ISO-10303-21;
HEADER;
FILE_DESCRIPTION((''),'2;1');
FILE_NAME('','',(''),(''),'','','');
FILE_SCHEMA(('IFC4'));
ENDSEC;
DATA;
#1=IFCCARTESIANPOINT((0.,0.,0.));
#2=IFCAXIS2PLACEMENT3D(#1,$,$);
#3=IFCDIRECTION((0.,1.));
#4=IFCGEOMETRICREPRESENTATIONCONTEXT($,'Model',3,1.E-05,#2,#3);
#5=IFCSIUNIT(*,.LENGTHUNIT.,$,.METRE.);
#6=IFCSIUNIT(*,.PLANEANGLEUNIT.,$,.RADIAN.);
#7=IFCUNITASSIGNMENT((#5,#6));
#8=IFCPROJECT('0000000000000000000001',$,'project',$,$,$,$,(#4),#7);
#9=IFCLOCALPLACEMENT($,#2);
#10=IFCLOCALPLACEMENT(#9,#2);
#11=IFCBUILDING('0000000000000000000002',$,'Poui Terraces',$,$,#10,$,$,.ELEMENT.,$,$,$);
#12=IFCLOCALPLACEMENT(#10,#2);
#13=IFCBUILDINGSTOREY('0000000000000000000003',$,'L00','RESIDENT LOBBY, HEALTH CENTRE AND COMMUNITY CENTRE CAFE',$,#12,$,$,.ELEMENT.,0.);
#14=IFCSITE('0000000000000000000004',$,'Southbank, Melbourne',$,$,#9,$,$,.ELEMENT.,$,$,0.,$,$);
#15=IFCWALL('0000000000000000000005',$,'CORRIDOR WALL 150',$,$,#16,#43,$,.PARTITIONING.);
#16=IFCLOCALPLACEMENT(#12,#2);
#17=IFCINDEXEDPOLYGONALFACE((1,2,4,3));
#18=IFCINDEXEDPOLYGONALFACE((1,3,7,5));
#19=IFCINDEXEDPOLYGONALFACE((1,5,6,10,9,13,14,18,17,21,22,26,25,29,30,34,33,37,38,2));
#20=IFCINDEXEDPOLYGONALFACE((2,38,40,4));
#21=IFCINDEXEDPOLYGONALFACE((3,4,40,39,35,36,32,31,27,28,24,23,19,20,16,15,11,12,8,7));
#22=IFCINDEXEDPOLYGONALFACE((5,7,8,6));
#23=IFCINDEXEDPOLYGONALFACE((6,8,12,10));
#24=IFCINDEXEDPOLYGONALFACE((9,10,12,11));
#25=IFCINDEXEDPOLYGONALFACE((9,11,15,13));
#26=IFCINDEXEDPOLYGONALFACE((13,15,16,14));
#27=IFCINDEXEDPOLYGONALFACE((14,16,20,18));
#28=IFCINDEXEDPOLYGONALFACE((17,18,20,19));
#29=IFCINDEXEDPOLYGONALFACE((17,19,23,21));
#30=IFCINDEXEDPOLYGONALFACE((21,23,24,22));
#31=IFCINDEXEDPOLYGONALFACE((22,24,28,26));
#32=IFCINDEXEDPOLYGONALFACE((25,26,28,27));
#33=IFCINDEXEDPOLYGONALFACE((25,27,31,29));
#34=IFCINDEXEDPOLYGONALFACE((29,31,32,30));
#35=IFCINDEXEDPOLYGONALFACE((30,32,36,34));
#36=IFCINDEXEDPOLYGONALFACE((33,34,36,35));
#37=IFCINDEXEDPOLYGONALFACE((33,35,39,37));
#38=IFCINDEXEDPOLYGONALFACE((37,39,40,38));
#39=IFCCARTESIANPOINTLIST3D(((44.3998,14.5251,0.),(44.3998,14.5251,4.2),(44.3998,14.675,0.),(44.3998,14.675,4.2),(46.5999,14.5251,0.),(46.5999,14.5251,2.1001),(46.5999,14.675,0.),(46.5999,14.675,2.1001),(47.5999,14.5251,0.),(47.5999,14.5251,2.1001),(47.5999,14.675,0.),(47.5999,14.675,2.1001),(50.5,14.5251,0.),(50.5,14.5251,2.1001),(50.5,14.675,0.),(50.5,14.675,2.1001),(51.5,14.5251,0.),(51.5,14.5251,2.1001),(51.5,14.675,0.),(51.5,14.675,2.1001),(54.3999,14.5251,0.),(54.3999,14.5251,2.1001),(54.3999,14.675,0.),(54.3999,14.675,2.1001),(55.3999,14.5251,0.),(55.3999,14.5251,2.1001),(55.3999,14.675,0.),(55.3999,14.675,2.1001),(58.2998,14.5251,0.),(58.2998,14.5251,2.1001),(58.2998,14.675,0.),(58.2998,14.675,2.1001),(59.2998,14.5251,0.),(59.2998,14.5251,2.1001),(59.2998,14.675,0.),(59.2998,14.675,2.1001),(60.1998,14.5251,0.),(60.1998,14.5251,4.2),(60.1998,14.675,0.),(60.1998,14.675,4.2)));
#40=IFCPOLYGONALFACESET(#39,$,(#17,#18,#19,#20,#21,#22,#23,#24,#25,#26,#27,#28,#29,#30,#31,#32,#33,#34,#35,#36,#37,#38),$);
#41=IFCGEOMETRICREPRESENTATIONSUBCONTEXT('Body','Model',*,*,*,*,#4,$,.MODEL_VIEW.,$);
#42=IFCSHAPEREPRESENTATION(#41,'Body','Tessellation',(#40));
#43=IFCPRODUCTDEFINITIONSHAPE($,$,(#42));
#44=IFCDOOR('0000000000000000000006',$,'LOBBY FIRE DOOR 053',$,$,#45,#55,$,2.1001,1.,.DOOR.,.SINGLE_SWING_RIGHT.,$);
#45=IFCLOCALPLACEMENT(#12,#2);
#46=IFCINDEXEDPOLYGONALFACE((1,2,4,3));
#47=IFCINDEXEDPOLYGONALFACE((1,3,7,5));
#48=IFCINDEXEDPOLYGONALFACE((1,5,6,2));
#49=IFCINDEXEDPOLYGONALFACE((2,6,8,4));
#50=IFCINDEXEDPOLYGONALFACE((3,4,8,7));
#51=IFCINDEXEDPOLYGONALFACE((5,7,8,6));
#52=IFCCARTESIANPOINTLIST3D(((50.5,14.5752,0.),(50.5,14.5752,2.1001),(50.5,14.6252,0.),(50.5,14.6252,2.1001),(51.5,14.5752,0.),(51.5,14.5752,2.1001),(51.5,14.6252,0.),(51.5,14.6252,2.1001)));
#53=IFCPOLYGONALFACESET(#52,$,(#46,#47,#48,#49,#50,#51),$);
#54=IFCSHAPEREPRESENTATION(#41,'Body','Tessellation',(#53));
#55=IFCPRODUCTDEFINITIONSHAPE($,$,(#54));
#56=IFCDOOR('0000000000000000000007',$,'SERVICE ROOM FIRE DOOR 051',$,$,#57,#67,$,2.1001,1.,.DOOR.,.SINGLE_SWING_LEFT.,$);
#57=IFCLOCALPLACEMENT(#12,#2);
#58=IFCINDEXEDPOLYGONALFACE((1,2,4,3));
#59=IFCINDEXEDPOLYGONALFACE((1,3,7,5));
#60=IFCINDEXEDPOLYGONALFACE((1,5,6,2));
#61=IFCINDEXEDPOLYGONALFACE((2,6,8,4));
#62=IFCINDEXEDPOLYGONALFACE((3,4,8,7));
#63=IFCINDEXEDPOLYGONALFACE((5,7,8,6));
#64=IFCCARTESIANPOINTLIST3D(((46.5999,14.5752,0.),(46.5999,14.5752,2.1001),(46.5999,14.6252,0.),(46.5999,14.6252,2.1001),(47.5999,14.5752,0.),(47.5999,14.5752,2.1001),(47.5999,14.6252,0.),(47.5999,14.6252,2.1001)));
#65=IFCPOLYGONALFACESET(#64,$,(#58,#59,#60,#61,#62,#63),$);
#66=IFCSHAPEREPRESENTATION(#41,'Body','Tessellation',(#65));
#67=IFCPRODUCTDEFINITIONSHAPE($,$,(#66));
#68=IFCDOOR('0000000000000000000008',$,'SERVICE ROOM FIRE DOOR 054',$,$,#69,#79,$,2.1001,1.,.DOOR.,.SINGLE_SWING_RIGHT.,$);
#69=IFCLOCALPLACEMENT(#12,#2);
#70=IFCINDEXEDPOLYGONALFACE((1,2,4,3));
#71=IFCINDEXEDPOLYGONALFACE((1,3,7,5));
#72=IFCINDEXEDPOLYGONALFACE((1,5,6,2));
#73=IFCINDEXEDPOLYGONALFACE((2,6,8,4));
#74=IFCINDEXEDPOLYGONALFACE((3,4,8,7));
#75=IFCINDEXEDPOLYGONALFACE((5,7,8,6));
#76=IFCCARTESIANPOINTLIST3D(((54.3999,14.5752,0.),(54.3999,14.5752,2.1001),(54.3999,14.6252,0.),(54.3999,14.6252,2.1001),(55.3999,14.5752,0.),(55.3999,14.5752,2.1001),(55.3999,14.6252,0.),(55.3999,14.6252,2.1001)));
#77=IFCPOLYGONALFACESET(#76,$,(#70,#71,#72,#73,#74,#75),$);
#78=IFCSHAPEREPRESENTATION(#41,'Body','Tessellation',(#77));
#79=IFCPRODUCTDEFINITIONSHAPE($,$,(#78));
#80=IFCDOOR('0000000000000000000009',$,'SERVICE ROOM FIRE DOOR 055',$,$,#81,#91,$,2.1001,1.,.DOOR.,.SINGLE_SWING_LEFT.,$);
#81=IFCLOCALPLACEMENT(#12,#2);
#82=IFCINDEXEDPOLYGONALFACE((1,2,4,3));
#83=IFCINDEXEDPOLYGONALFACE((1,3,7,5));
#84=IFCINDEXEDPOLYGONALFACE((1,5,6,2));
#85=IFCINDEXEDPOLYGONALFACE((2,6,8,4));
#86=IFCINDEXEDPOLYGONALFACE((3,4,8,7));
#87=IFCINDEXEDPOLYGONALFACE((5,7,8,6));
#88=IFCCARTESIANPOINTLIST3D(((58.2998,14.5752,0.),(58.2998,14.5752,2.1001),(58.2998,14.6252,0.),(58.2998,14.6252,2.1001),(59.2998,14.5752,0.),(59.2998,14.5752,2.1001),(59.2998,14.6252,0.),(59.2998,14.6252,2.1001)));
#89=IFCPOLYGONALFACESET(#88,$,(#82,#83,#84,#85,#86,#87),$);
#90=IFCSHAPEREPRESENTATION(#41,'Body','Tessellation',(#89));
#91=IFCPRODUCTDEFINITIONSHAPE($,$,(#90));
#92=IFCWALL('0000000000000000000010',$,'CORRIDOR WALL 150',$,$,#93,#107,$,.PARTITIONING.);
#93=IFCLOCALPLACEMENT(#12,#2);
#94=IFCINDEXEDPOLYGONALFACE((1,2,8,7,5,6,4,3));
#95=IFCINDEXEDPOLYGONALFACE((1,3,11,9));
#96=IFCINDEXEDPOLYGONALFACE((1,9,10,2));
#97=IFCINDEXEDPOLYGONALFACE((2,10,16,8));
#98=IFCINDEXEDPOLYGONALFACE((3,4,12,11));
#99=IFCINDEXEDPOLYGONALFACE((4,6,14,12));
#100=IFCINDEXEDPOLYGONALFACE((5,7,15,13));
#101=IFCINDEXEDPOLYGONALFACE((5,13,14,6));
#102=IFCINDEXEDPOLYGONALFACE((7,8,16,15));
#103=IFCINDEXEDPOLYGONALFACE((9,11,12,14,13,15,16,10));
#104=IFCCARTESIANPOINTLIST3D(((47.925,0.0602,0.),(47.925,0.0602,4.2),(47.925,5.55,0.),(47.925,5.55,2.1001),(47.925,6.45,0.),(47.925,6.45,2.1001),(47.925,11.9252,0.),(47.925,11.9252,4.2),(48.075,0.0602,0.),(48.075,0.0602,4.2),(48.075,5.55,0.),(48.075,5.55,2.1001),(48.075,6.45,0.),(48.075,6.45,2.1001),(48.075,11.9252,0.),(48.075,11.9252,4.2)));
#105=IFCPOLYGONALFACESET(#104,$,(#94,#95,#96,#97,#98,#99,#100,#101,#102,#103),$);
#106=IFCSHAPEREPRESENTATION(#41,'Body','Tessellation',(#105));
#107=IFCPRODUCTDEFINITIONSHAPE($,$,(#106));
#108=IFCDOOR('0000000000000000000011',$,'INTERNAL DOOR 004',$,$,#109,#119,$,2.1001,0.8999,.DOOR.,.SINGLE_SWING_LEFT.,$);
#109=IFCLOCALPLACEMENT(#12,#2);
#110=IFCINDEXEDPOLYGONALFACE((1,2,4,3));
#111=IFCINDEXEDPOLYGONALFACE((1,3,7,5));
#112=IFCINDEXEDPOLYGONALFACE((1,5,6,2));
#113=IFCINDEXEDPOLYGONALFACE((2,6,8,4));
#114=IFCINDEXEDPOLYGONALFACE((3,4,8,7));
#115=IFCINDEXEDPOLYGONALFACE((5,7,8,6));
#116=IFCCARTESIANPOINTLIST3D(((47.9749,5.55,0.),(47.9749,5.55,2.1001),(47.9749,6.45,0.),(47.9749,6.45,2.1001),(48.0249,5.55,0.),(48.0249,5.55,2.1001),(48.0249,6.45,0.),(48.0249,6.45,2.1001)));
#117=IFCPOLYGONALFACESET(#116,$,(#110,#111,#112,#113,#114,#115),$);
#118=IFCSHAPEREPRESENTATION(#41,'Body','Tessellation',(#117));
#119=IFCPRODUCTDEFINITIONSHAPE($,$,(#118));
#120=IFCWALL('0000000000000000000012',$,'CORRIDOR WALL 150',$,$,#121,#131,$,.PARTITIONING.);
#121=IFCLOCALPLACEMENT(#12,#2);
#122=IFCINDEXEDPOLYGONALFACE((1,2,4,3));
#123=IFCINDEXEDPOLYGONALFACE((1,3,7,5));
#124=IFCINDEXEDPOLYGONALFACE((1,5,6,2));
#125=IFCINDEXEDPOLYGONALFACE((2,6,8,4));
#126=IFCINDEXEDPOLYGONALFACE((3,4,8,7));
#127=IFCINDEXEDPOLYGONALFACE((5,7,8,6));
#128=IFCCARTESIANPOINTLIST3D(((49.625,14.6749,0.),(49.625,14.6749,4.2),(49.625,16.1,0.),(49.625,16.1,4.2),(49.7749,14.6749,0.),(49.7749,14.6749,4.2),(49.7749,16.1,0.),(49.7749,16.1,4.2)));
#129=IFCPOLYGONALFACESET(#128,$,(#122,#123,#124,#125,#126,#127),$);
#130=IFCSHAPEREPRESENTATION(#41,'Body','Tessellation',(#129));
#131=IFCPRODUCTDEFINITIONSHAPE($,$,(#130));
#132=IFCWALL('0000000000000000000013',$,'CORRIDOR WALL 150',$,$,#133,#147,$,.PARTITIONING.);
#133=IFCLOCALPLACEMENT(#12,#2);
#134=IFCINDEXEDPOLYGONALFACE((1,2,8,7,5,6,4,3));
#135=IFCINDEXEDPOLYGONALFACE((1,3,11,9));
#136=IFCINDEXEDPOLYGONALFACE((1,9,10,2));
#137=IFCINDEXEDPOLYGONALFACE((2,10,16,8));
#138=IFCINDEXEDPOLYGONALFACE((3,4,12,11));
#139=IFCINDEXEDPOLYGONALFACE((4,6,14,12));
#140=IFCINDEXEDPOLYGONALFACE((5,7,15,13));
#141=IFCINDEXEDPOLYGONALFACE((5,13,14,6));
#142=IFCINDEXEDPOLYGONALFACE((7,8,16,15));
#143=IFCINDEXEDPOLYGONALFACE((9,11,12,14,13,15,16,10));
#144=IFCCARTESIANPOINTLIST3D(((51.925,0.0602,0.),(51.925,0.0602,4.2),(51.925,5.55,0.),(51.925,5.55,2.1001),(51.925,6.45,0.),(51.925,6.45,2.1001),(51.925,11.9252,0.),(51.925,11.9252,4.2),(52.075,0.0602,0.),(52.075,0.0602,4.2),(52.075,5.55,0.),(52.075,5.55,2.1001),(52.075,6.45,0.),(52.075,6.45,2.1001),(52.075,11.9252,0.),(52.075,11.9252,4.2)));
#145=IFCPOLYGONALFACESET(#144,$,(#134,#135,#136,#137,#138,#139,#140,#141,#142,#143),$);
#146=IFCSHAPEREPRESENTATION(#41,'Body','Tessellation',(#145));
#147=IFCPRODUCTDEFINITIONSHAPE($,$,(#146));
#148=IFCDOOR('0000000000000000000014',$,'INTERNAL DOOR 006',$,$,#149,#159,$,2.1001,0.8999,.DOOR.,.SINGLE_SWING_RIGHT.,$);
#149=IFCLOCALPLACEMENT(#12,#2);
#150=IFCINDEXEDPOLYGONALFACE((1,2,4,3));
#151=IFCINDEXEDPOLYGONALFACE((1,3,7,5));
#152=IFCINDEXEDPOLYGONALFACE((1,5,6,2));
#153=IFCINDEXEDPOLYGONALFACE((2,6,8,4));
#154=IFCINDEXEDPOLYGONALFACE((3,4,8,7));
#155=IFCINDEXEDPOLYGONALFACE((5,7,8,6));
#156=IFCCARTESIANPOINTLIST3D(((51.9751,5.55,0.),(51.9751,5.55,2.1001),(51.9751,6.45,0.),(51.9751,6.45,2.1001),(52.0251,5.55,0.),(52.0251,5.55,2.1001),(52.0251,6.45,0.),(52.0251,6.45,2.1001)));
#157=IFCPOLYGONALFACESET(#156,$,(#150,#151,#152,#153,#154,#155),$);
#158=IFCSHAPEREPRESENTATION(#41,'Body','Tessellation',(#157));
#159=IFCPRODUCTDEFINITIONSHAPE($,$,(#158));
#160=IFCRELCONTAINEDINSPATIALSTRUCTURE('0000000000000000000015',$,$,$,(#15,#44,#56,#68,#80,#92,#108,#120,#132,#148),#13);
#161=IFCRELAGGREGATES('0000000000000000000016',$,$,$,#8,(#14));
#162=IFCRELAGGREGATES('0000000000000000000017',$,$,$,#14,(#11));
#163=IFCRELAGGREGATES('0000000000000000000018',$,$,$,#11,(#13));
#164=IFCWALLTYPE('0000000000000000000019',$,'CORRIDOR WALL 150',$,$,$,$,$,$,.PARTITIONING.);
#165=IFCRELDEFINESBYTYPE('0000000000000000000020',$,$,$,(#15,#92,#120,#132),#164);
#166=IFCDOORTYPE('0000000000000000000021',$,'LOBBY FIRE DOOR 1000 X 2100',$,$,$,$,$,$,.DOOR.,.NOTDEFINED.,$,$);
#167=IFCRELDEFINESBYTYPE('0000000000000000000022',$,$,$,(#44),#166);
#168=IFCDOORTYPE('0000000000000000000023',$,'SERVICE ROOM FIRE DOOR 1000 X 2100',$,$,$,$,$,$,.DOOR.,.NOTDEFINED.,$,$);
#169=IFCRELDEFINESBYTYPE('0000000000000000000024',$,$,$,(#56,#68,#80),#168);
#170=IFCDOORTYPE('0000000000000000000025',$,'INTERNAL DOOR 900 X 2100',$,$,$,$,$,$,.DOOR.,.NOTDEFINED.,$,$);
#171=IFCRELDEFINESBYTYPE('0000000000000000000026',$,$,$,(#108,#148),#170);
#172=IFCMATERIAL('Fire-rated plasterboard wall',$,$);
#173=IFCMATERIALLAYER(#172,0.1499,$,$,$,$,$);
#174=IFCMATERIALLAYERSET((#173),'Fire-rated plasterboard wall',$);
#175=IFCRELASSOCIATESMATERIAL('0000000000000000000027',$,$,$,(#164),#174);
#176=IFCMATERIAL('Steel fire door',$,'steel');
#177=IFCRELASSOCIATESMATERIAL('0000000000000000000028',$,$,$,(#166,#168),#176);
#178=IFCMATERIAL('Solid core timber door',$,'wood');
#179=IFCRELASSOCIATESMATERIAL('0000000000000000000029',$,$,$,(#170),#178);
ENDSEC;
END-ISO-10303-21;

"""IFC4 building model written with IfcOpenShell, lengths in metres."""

from ifc_helpers import new_model, si_unit, direction, frame, frame_2d, origin, place, context, subcontext, project, spatial, rectangle, extrude, material, layer, layer_set, type_object, element, fill, save


model = new_model("IFC4")

# Units and contexts
model_context = context("Model", 3, precision=1e-05, world=origin(), true_north=direction((0.0, 1.0)))
body_context = subcontext(model_context, "Body", "Model", "MODEL_VIEW")
ifc_project = project(units=[si_unit("LENGTHUNIT", "METRE"), si_unit("PLANEANGLEUNIT", "RADIAN")], contexts=[model_context])

# Site, building, storey
site_placement = place(None, origin())
site = spatial("IfcSite", under=ifc_project, at=site_placement, Name="Southbank, Melbourne", CompositionType="ELEMENT", RefElevation=0.0)
building_placement = place(site_placement, origin())
building = spatial("IfcBuilding", under=site, at=building_placement, Name="Poui Terraces", CompositionType="ELEMENT")
storey_placement = place(building_placement, origin())
storey = spatial("IfcBuildingStorey", under=building, at=storey_placement, Name="L00", Description="RESIDENT LOBBY, HEALTH CENTRE AND COMMUNITY CENTRE CAFE", CompositionType="ELEMENT", Elevation=0.0)

# Wall, openings, doors
ifc_material_1 = material(Name="Fire-rated plasterboard wall")
ifc_layer_1 = layer(ifc_material_1, 0.1499)
ifc_layer_set_1 = layer_set([ifc_layer_1], Name="Fire-rated plasterboard wall")
wall_type_1 = type_object("IfcWallType", Name="CORRIDOR WALL 150", PredefinedType="PARTITIONING", material=ifc_layer_set_1)
wall_1_placement = place(storey_placement, frame((44.3999, 14.6001, 0.0), z_axis=(0.0, 0.0, 1.0), x_axis=(1.0, 0.0, 0.0)))
wall_1 = element("IfcWall", 1, at=wall_1_placement, inside=storey, type_object=wall_type_1, Name="CORRIDOR WALL 150", PredefinedType="PARTITIONING", context=body_context, shape_type="SweptSolid", body=[
    extrude(rectangle(XDim=15.8, YDim=0.1499, at=frame_2d((7.8999, 0.0))), origin(), (0.0, 0.0, 1.0), 4.2),
])
opening_1_placement = place(wall_1_placement, frame((2.2, 0.0, 0.0)))
opening_1 = element("IfcOpeningElement", 2, at=opening_1_placement, cuts=wall_1, PredefinedType="OPENING", context=body_context, shape_type="SweptSolid", body=[
    extrude(rectangle(XDim=1.0, YDim=2.1001, at=frame_2d((0.5, 1.05))), frame((0.0, 0.085, 0.0), z_axis=(0.0, -1.0, 0.0), x_axis=(1.0, 0.0, 0.0)), (0.0, 0.0, 1.0), 0.1699),
])
opening_2_placement = place(wall_1_placement, frame((6.1001, 0.0, 0.0)))
opening_2 = element("IfcOpeningElement", 3, at=opening_2_placement, cuts=wall_1, PredefinedType="OPENING", context=body_context, shape_type="SweptSolid", body=[
    extrude(rectangle(XDim=1.0, YDim=2.1001, at=frame_2d((0.5, 1.05))), frame((0.0, 0.085, 0.0), z_axis=(0.0, -1.0, 0.0), x_axis=(1.0, 0.0, 0.0)), (0.0, 0.0, 1.0), 0.1699),
])
opening_3_placement = place(wall_1_placement, frame((10.0, 0.0, 0.0)))
opening_3 = element("IfcOpeningElement", 4, at=opening_3_placement, cuts=wall_1, PredefinedType="OPENING", context=body_context, shape_type="SweptSolid", body=[
    extrude(rectangle(XDim=1.0, YDim=2.1001, at=frame_2d((0.5, 1.05))), frame((0.0, 0.085, 0.0), z_axis=(0.0, -1.0, 0.0), x_axis=(1.0, 0.0, 0.0)), (0.0, 0.0, 1.0), 0.1699),
])
opening_4_placement = place(wall_1_placement, frame((13.8999, 0.0, 0.0)))
opening_4 = element("IfcOpeningElement", 5, at=opening_4_placement, cuts=wall_1, PredefinedType="OPENING", context=body_context, shape_type="SweptSolid", body=[
    extrude(rectangle(XDim=1.0, YDim=2.1001, at=frame_2d((0.5, 1.05))), frame((0.0, 0.085, 0.0), z_axis=(0.0, -1.0, 0.0), x_axis=(1.0, 0.0, 0.0)), (0.0, 0.0, 1.0), 0.1699),
])
ifc_material_2 = material(Name="Steel fire door", Category="steel")
door_type_1 = type_object("IfcDoorType", Name="LOBBY FIRE DOOR 1000 X 2100", OperationType="NOTDEFINED", PredefinedType="DOOR", material=ifc_material_2)
door_1_placement = place(opening_2_placement, frame((1.0, 0.0, 0.0), z_axis=(0.0, 0.0, 1.0), x_axis=(-1.0, 0.0, 0.0)))
door_1 = element("IfcDoor", 6, at=door_1_placement, inside=storey, type_object=door_type_1, Name="LOBBY FIRE DOOR 053", OperationType="SINGLE_SWING_RIGHT", OverallHeight=2.1001, OverallWidth=1.0, PredefinedType="DOOR", context=body_context, shape_type="SweptSolid", body=[
    extrude(rectangle(XDim=1.0, YDim=2.1001, at=frame_2d((0.5, 1.05))), frame((0.0, 0.0249, 0.0), z_axis=(0.0, -1.0, 0.0), x_axis=(1.0, 0.0, 0.0)), (0.0, 0.0, 1.0), 0.05),
])
fill(opening_2, door_1)
door_type_2 = type_object("IfcDoorType", Name="SERVICE ROOM FIRE DOOR 1000 X 2100", OperationType="NOTDEFINED", PredefinedType="DOOR", material=ifc_material_2)
door_2_placement = place(opening_1_placement, frame((1.0, 0.0, 0.0), z_axis=(0.0, 0.0, 1.0), x_axis=(-1.0, 0.0, 0.0)))
door_2 = element("IfcDoor", 7, at=door_2_placement, inside=storey, type_object=door_type_2, Name="SERVICE ROOM FIRE DOOR 051", OperationType="SINGLE_SWING_LEFT", OverallHeight=2.1001, OverallWidth=1.0, PredefinedType="DOOR", context=body_context, shape_type="SweptSolid", body=[
    extrude(rectangle(XDim=1.0, YDim=2.1001, at=frame_2d((0.5, 1.05))), frame((0.0, 0.0249, 0.0), z_axis=(0.0, -1.0, 0.0), x_axis=(1.0, 0.0, 0.0)), (0.0, 0.0, 1.0), 0.05),
])
fill(opening_1, door_2)
door_3_placement = place(opening_3_placement, frame((1.0, 0.0, 0.0), z_axis=(0.0, 0.0, 1.0), x_axis=(-1.0, 0.0, 0.0)))
door_3 = element("IfcDoor", 8, at=door_3_placement, inside=storey, type_object=door_type_2, Name="SERVICE ROOM FIRE DOOR 054", OperationType="SINGLE_SWING_RIGHT", OverallHeight=2.1001, OverallWidth=1.0, PredefinedType="DOOR", context=body_context, shape_type="SweptSolid", body=[
    extrude(rectangle(XDim=1.0, YDim=2.1001, at=frame_2d((0.5, 1.05))), frame((0.0, 0.0249, 0.0), z_axis=(0.0, -1.0, 0.0), x_axis=(1.0, 0.0, 0.0)), (0.0, 0.0, 1.0), 0.05),
])
fill(opening_3, door_3)
door_4_placement = place(opening_4_placement, frame((1.0, 0.0, 0.0), z_axis=(0.0, 0.0, 1.0), x_axis=(-1.0, 0.0, 0.0)))
door_4 = element("IfcDoor", 9, at=door_4_placement, inside=storey, type_object=door_type_2, Name="SERVICE ROOM FIRE DOOR 055", OperationType="SINGLE_SWING_LEFT", OverallHeight=2.1001, OverallWidth=1.0, PredefinedType="DOOR", context=body_context, shape_type="SweptSolid", body=[
    extrude(rectangle(XDim=1.0, YDim=2.1001, at=frame_2d((0.5, 1.05))), frame((0.0, 0.0249, 0.0), z_axis=(0.0, -1.0, 0.0), x_axis=(1.0, 0.0, 0.0)), (0.0, 0.0, 1.0), 0.05),
])
fill(opening_4, door_4)

# Wall, opening, door
wall_2_placement = place(storey_placement, frame((48.0, 0.0601, 0.0), z_axis=(0.0, 0.0, 1.0), x_axis=(0.0, 1.0, 0.0)))
wall_2 = element("IfcWall", 10, at=wall_2_placement, inside=storey, type_object=wall_type_1, Name="CORRIDOR WALL 150", PredefinedType="PARTITIONING", context=body_context, shape_type="SweptSolid", body=[
    extrude(rectangle(XDim=11.865, YDim=0.1499, at=frame_2d((5.9326, 0.0))), origin(), (0.0, 0.0, 1.0), 4.2),
])
opening_5_placement = place(wall_2_placement, frame((5.49, 0.0, 0.0)))
opening_5 = element("IfcOpeningElement", 11, at=opening_5_placement, cuts=wall_2, PredefinedType="OPENING", context=body_context, shape_type="SweptSolid", body=[
    extrude(rectangle(XDim=0.8999, YDim=2.1001, at=frame_2d((0.45, 1.05))), frame((0.0, 0.085, 0.0), z_axis=(0.0, -1.0, 0.0), x_axis=(1.0, 0.0, 0.0)), (0.0, 0.0, 1.0), 0.1699),
])
ifc_material_3 = material(Name="Solid core timber door", Category="wood")
door_type_3 = type_object("IfcDoorType", Name="INTERNAL DOOR 900 X 2100", OperationType="NOTDEFINED", PredefinedType="DOOR", material=ifc_material_3)
door_5_placement = place(opening_5_placement, frame((0.8999, 0.0, 0.0), z_axis=(0.0, 0.0, 1.0), x_axis=(-1.0, 0.0, 0.0)))
door_5 = element("IfcDoor", 12, at=door_5_placement, inside=storey, type_object=door_type_3, Name="INTERNAL DOOR 004", OperationType="SINGLE_SWING_LEFT", OverallHeight=2.1001, OverallWidth=0.8999, PredefinedType="DOOR", context=body_context, shape_type="SweptSolid", body=[
    extrude(rectangle(XDim=0.8999, YDim=2.1001, at=frame_2d((0.45, 1.05))), frame((0.0, 0.0249, 0.0), z_axis=(0.0, -1.0, 0.0), x_axis=(1.0, 0.0, 0.0)), (0.0, 0.0, 1.0), 0.05),
])
fill(opening_5, door_5)

# Wall
wall_3_placement = place(storey_placement, frame((49.7, 14.675, 0.0), z_axis=(0.0, 0.0, 1.0), x_axis=(0.0, 1.0, 0.0)))
element("IfcWall", 13, at=wall_3_placement, inside=storey, type_object=wall_type_1, Name="CORRIDOR WALL 150", PredefinedType="PARTITIONING", context=body_context, shape_type="SweptSolid", body=[
    extrude(rectangle(XDim=1.425, YDim=0.1499, at=frame_2d((0.7124, 0.0))), origin(), (0.0, 0.0, 1.0), 4.2),
])

# Wall, opening, door
wall_4_placement = place(storey_placement, frame((52.0, 0.0601, 0.0), z_axis=(0.0, 0.0, 1.0), x_axis=(0.0, 1.0, 0.0)))
wall_4 = element("IfcWall", 14, at=wall_4_placement, inside=storey, type_object=wall_type_1, Name="CORRIDOR WALL 150", PredefinedType="PARTITIONING", context=body_context, shape_type="SweptSolid", body=[
    extrude(rectangle(XDim=11.865, YDim=0.1499, at=frame_2d((5.9326, 0.0))), origin(), (0.0, 0.0, 1.0), 4.2),
])
opening_6_placement = place(wall_4_placement, frame((5.49, 0.0, 0.0)))
opening_6 = element("IfcOpeningElement", 15, at=opening_6_placement, cuts=wall_4, PredefinedType="OPENING", context=body_context, shape_type="SweptSolid", body=[
    extrude(rectangle(XDim=0.8999, YDim=2.1001, at=frame_2d((0.45, 1.05))), frame((0.0, 0.085, 0.0), z_axis=(0.0, -1.0, 0.0), x_axis=(1.0, 0.0, 0.0)), (0.0, 0.0, 1.0), 0.1699),
])
door_6_placement = place(opening_6_placement, origin())
door_6 = element("IfcDoor", 16, at=door_6_placement, inside=storey, type_object=door_type_3, Name="INTERNAL DOOR 006", OperationType="SINGLE_SWING_RIGHT", OverallHeight=2.1001, OverallWidth=0.8999, PredefinedType="DOOR", context=body_context, shape_type="SweptSolid", body=[
    extrude(rectangle(XDim=0.8999, YDim=2.1001, at=frame_2d((0.45, 1.05))), frame((0.0, 0.0249, 0.0), z_axis=(0.0, -1.0, 0.0), x_axis=(1.0, 0.0, 0.0)), (0.0, 0.0, 1.0), 0.05),
])
fill(opening_6, door_6)

save(model, "model.ifc")
